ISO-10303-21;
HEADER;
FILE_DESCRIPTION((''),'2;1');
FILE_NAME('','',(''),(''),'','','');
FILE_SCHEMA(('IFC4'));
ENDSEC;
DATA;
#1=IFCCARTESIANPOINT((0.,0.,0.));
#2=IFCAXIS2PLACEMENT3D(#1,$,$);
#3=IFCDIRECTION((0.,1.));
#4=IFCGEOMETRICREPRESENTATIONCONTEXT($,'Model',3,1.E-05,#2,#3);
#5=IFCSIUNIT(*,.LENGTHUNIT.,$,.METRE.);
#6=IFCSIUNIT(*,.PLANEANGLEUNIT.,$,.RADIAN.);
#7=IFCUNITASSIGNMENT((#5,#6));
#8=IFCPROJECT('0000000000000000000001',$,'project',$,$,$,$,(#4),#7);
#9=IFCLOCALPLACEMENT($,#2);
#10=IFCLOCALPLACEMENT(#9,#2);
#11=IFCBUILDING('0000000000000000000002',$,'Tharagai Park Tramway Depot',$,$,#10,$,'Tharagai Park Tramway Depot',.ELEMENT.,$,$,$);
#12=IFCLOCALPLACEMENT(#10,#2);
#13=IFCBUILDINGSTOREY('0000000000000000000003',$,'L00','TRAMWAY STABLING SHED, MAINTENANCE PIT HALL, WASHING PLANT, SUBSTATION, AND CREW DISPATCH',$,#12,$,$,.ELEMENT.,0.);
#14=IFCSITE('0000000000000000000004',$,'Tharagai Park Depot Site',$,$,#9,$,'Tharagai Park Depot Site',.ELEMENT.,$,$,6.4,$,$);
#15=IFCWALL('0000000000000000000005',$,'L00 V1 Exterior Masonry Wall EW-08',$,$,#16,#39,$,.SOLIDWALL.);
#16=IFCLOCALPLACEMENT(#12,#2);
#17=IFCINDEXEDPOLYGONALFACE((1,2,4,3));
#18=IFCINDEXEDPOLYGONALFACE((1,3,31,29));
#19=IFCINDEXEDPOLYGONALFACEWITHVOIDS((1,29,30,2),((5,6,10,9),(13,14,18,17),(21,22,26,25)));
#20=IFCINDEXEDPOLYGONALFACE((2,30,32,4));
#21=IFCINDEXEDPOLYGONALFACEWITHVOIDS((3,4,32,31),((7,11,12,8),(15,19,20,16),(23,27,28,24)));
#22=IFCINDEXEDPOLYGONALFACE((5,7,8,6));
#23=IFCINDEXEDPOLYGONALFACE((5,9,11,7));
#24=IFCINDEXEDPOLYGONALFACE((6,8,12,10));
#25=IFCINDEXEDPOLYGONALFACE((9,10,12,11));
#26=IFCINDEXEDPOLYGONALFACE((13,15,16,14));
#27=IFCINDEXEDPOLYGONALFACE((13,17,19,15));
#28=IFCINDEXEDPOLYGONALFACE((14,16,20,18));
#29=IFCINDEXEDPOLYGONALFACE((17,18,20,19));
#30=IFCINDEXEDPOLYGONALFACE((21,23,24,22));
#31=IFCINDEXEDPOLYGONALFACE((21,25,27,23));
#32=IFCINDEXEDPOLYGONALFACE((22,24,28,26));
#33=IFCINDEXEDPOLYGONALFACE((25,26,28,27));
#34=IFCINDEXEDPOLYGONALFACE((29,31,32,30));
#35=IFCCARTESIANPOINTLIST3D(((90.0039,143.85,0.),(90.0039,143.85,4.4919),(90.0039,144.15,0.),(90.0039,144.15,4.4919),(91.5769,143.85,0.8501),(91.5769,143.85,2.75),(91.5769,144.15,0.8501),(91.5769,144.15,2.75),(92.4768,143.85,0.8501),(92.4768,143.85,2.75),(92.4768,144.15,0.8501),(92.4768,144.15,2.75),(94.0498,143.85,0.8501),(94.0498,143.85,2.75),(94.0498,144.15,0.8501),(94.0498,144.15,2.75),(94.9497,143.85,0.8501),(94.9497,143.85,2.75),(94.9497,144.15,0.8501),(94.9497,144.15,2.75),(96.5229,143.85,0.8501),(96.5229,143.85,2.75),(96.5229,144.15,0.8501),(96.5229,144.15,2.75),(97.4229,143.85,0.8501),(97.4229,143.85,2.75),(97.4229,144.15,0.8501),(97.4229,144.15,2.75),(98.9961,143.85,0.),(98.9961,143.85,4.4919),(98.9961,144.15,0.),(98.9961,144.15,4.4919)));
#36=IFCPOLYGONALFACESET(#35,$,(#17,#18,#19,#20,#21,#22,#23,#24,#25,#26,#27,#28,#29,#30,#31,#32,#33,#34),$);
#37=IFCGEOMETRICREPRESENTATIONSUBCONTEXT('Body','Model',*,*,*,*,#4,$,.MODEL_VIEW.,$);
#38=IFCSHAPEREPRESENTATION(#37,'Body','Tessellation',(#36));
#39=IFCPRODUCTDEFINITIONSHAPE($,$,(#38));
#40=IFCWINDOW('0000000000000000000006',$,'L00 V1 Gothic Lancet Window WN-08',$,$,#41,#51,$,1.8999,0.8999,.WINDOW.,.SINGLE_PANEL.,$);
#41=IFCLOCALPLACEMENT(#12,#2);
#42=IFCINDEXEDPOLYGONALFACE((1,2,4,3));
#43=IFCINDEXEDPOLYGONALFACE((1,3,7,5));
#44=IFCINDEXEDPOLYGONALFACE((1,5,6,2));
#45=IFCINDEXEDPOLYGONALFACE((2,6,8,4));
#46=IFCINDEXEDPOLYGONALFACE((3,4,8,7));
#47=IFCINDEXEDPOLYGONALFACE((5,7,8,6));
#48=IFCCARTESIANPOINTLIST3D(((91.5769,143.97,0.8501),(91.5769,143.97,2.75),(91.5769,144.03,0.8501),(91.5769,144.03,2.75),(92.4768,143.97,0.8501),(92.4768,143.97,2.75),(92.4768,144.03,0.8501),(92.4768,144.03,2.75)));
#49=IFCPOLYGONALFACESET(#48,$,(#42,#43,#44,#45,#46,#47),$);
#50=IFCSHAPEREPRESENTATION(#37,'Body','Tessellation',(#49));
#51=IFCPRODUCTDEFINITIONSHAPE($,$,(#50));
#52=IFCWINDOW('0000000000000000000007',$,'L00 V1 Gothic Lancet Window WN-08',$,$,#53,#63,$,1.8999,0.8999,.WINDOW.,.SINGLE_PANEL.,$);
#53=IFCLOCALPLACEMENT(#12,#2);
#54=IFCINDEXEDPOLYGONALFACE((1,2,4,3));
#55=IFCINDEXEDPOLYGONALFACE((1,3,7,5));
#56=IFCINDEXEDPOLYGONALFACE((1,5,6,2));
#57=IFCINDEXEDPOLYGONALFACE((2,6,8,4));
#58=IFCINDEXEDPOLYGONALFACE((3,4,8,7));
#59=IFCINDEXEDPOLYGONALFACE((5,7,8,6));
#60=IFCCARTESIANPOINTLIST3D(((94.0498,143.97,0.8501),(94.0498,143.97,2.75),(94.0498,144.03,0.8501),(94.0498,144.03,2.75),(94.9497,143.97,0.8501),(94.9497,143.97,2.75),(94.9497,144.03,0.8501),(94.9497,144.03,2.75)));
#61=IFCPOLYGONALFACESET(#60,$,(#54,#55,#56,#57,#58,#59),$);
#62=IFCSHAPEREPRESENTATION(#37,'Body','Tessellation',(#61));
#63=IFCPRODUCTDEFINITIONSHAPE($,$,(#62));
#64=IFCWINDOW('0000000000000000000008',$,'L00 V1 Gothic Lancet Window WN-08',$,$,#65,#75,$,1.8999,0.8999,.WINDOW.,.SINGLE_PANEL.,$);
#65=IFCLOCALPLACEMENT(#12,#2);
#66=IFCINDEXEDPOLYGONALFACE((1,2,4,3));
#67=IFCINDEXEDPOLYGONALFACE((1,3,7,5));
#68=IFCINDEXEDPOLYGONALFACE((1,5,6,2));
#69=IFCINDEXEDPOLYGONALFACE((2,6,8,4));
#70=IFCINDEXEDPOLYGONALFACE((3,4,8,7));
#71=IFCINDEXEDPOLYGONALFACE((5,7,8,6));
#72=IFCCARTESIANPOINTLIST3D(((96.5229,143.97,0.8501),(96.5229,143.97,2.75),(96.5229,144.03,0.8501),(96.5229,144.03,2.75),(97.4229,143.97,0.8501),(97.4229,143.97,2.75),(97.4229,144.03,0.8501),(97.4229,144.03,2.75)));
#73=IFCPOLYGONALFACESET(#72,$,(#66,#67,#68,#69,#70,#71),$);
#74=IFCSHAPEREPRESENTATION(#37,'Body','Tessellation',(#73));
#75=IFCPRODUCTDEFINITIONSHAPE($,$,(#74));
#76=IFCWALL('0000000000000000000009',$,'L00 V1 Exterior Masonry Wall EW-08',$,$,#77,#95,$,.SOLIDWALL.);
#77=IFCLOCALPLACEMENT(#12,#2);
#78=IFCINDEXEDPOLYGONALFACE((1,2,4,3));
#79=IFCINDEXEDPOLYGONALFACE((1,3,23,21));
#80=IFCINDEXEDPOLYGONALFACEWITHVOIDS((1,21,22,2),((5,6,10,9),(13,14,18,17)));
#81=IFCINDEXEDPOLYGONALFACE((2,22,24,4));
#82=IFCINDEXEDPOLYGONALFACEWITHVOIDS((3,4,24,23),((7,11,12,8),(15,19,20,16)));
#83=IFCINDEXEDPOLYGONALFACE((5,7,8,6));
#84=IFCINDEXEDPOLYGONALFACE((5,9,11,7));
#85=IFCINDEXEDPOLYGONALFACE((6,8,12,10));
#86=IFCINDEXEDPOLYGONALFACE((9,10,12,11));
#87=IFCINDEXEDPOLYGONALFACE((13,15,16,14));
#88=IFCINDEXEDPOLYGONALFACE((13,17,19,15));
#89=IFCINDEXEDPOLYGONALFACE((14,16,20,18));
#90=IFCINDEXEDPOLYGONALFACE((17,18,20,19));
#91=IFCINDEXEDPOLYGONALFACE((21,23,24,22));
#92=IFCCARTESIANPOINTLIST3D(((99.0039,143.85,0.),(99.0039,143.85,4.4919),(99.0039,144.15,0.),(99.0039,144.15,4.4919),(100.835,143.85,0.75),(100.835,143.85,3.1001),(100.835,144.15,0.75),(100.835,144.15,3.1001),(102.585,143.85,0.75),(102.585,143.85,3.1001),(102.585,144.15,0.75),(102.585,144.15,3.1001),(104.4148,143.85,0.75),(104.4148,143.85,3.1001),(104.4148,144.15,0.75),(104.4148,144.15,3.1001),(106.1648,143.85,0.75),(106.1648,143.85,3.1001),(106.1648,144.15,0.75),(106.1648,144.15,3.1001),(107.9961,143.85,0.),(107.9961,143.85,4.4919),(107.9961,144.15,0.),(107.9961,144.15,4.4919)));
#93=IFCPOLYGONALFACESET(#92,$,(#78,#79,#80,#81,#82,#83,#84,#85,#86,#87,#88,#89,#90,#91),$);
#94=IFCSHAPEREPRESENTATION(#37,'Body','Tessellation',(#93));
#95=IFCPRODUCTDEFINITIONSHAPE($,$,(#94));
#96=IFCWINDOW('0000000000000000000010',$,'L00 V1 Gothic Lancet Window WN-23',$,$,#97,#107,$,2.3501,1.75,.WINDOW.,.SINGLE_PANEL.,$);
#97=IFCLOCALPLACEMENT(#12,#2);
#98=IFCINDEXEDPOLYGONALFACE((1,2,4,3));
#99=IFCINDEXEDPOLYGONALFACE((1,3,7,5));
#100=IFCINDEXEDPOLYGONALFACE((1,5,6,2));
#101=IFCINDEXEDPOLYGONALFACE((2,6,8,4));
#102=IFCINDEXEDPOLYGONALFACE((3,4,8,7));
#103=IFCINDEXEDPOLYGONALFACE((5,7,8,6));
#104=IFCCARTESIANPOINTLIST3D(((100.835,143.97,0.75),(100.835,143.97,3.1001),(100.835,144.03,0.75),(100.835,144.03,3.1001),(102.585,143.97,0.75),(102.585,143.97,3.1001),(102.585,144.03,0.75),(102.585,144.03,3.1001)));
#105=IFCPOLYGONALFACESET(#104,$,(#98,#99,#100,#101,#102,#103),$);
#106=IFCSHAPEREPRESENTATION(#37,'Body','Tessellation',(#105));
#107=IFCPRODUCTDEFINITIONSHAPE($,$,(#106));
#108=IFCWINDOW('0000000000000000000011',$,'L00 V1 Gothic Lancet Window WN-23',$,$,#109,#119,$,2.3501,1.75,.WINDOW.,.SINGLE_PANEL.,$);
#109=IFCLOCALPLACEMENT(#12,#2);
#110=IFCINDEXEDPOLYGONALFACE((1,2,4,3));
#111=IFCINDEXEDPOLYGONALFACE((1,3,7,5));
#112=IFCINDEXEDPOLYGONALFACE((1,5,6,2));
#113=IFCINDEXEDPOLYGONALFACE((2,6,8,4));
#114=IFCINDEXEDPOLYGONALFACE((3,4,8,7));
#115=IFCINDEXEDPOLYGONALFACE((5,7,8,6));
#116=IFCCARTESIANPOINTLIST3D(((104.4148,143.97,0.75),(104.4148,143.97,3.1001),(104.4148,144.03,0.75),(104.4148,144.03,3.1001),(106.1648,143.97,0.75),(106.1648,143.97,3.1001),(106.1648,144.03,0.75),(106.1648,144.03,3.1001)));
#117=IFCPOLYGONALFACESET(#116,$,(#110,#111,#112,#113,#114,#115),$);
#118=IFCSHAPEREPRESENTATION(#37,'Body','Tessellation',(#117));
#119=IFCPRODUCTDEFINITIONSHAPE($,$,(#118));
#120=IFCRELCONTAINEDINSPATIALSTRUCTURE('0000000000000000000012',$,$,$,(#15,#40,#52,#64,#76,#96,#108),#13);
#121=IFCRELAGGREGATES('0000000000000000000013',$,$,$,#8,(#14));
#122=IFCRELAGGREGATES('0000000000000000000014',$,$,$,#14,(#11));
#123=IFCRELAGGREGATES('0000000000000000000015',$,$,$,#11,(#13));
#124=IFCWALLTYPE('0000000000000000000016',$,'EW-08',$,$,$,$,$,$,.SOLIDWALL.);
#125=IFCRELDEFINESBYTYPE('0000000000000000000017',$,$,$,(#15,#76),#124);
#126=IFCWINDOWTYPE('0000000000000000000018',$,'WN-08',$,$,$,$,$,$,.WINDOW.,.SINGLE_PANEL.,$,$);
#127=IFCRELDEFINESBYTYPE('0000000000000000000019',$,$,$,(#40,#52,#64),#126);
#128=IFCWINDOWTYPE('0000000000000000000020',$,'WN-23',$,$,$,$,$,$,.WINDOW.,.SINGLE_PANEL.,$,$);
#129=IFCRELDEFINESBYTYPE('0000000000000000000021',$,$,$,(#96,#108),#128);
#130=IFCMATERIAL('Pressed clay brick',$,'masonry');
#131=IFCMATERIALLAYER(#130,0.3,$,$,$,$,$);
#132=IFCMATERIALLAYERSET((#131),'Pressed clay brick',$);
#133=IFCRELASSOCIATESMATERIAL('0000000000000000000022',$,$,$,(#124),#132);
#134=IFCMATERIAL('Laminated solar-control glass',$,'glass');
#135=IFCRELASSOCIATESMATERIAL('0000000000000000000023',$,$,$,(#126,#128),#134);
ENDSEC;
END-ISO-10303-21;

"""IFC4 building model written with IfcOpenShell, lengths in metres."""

from ifc_helpers import new_model, si_unit, direction, frame, frame_2d, origin, place, context, subcontext, project, spatial, rectangle, extrude, material, layer, layer_set, type_object, element, fill, save


model = new_model("IFC4")

# Units and contexts
model_context = context("Model", 3, precision=1e-05, world=origin(), true_north=direction((0.0, 1.0)))
body_context = subcontext(model_context, "Body", "Model", "MODEL_VIEW")
ifc_project = project(units=[si_unit("LENGTHUNIT", "METRE"), si_unit("PLANEANGLEUNIT", "RADIAN")], contexts=[model_context])

# Site, building, storey
site_placement = place(None, origin())
site = spatial("IfcSite", under=ifc_project, at=site_placement, Name="Tharagai Park Depot Site", LongName="Tharagai Park Depot Site", CompositionType="ELEMENT", RefElevation=6.4)
building_placement = place(site_placement, origin())
building = spatial("IfcBuilding", under=site, at=building_placement, Name="Tharagai Park Tramway Depot", LongName="Tharagai Park Tramway Depot", CompositionType="ELEMENT")
storey_placement = place(building_placement, origin())
storey = spatial("IfcBuildingStorey", under=building, at=storey_placement, Name="L00", Description="TRAMWAY STABLING SHED, MAINTENANCE PIT HALL, WASHING PLANT, SUBSTATION, AND CREW DISPATCH", CompositionType="ELEMENT", Elevation=0.0)

# Walls, openings, windows
ifc_material_1 = material(Name="Pressed clay brick", Category="masonry")
ifc_layer = layer(ifc_material_1, 0.3)
ifc_layer_set = layer_set([ifc_layer], Name="Pressed clay brick")
wall_type = type_object("IfcWallType", Name="EW-08", PredefinedType="SOLIDWALL", material=ifc_layer_set)
wall_1_placement = place(storey_placement, frame((90.0039, 144.0, 0.0), z_axis=(0.0, 0.0, 1.0), x_axis=(1.0, 0.0, 0.0)))
wall_1 = element("IfcWall", 1, at=wall_1_placement, inside=storey, type_object=wall_type, Name="L00 V1 Exterior Masonry Wall EW-08", PredefinedType="SOLIDWALL", context=body_context, shape_type="SweptSolid", body=[
    extrude(rectangle(XDim=8.9922, YDim=0.3, at=frame_2d((4.4961, 0.0))), origin(), (0.0, 0.0, 1.0), 4.4919),
])
opening_1_placement = place(wall_1_placement, frame((1.573, 0.0, 0.8501)))
opening_1 = element("IfcOpeningElement", 2, at=opening_1_placement, cuts=wall_1, PredefinedType="OPENING", context=body_context, shape_type="SweptSolid", body=[
    extrude(rectangle(XDim=0.8999, YDim=1.8999, at=frame_2d((0.45, 0.95))), frame((0.0, 0.1599, 0.0), z_axis=(0.0, -1.0, 0.0), x_axis=(1.0, 0.0, 0.0)), (0.0, 0.0, 1.0), 0.3201),
])
opening_2_placement = place(wall_1_placement, frame((4.0459, 0.0, 0.8501)))
opening_2 = element("IfcOpeningElement", 3, at=opening_2_placement, cuts=wall_1, PredefinedType="OPENING", context=body_context, shape_type="SweptSolid", body=[
    extrude(rectangle(XDim=0.8999, YDim=1.8999, at=frame_2d((0.45, 0.95))), frame((0.0, 0.1599, 0.0), z_axis=(0.0, -1.0, 0.0), x_axis=(1.0, 0.0, 0.0)), (0.0, 0.0, 1.0), 0.3201),
])
opening_3_placement = place(wall_1_placement, frame((6.519, 0.0, 0.8501)))
opening_3 = element("IfcOpeningElement", 4, at=opening_3_placement, cuts=wall_1, PredefinedType="OPENING", context=body_context, shape_type="SweptSolid", body=[
    extrude(rectangle(XDim=0.8999, YDim=1.8999, at=frame_2d((0.45, 0.95))), frame((0.0, 0.1599, 0.0), z_axis=(0.0, -1.0, 0.0), x_axis=(1.0, 0.0, 0.0)), (0.0, 0.0, 1.0), 0.3201),
])
ifc_material_2 = material(Name="Laminated solar-control glass", Category="glass")
window_type_1 = type_object("IfcWindowType", Name="WN-08", PartitioningType="SINGLE_PANEL", PredefinedType="WINDOW", material=ifc_material_2)
window_1_placement = place(opening_1_placement, origin())
window_1 = element("IfcWindow", 5, at=window_1_placement, inside=storey, type_object=window_type_1, Name="L00 V1 Gothic Lancet Window WN-08", OverallHeight=1.8999, OverallWidth=0.8999, PartitioningType="SINGLE_PANEL", PredefinedType="WINDOW", context=body_context, shape_type="SweptSolid", body=[
    extrude(rectangle(XDim=0.8999, YDim=1.8999, at=frame_2d((0.45, 0.95))), frame((0.0, 0.03, 0.0), z_axis=(0.0, -1.0, 0.0), x_axis=(1.0, 0.0, 0.0)), (0.0, 0.0, 1.0), 0.0601),
])
fill(opening_1, window_1)
window_2_placement = place(opening_2_placement, origin())
window_2 = element("IfcWindow", 6, at=window_2_placement, inside=storey, type_object=window_type_1, Name="L00 V1 Gothic Lancet Window WN-08", OverallHeight=1.8999, OverallWidth=0.8999, PartitioningType="SINGLE_PANEL", PredefinedType="WINDOW", context=body_context, shape_type="SweptSolid", body=[
    extrude(rectangle(XDim=0.8999, YDim=1.8999, at=frame_2d((0.45, 0.95))), frame((0.0, 0.03, 0.0), z_axis=(0.0, -1.0, 0.0), x_axis=(1.0, 0.0, 0.0)), (0.0, 0.0, 1.0), 0.0601),
])
fill(opening_2, window_2)
window_3_placement = place(opening_3_placement, origin())
window_3 = element("IfcWindow", 7, at=window_3_placement, inside=storey, type_object=window_type_1, Name="L00 V1 Gothic Lancet Window WN-08", OverallHeight=1.8999, OverallWidth=0.8999, PartitioningType="SINGLE_PANEL", PredefinedType="WINDOW", context=body_context, shape_type="SweptSolid", body=[
    extrude(rectangle(XDim=0.8999, YDim=1.8999, at=frame_2d((0.45, 0.95))), frame((0.0, 0.03, 0.0), z_axis=(0.0, -1.0, 0.0), x_axis=(1.0, 0.0, 0.0)), (0.0, 0.0, 1.0), 0.0601),
])
fill(opening_3, window_3)
wall_2_placement = place(storey_placement, frame((99.0039, 144.0, 0.0), z_axis=(0.0, 0.0, 1.0), x_axis=(1.0, 0.0, 0.0)))
wall_2 = element("IfcWall", 8, at=wall_2_placement, inside=storey, type_object=wall_type, Name="L00 V1 Exterior Masonry Wall EW-08", PredefinedType="SOLIDWALL", context=body_context, shape_type="SweptSolid", body=[
    extrude(rectangle(XDim=8.9922, YDim=0.3, at=frame_2d((4.4961, 0.0))), origin(), (0.0, 0.0, 1.0), 4.4919),
])
opening_4_placement = place(wall_2_placement, frame((1.8311, 0.0, 0.75)))
opening_4 = element("IfcOpeningElement", 9, at=opening_4_placement, cuts=wall_2, PredefinedType="OPENING", context=body_context, shape_type="SweptSolid", body=[
    extrude(rectangle(XDim=1.75, YDim=2.3501, at=frame_2d((0.875, 1.175))), frame((0.0, 0.1599, 0.0), z_axis=(0.0, -1.0, 0.0), x_axis=(1.0, 0.0, 0.0)), (0.0, 0.0, 1.0), 0.3201),
])
opening_5_placement = place(wall_2_placement, frame((5.4109, 0.0, 0.75)))
opening_5 = element("IfcOpeningElement", 10, at=opening_5_placement, cuts=wall_2, PredefinedType="OPENING", context=body_context, shape_type="SweptSolid", body=[
    extrude(rectangle(XDim=1.75, YDim=2.3501, at=frame_2d((0.875, 1.175))), frame((0.0, 0.1599, 0.0), z_axis=(0.0, -1.0, 0.0), x_axis=(1.0, 0.0, 0.0)), (0.0, 0.0, 1.0), 0.3201),
])
window_type_2 = type_object("IfcWindowType", Name="WN-23", PartitioningType="SINGLE_PANEL", PredefinedType="WINDOW", material=ifc_material_2)
window_4_placement = place(opening_4_placement, origin())
window_4 = element("IfcWindow", 11, at=window_4_placement, inside=storey, type_object=window_type_2, Name="L00 V1 Gothic Lancet Window WN-23", OverallHeight=2.3501, OverallWidth=1.75, PartitioningType="SINGLE_PANEL", PredefinedType="WINDOW", context=body_context, shape_type="SweptSolid", body=[
    extrude(rectangle(XDim=1.75, YDim=2.3501, at=frame_2d((0.875, 1.175))), frame((0.0, 0.03, 0.0), z_axis=(0.0, -1.0, 0.0), x_axis=(1.0, 0.0, 0.0)), (0.0, 0.0, 1.0), 0.0601),
])
fill(opening_4, window_4)
window_5_placement = place(opening_5_placement, origin())
window_5 = element("IfcWindow", 12, at=window_5_placement, inside=storey, type_object=window_type_2, Name="L00 V1 Gothic Lancet Window WN-23", OverallHeight=2.3501, OverallWidth=1.75, PartitioningType="SINGLE_PANEL", PredefinedType="WINDOW", context=body_context, shape_type="SweptSolid", body=[
    extrude(rectangle(XDim=1.75, YDim=2.3501, at=frame_2d((0.875, 1.175))), frame((0.0, 0.03, 0.0), z_axis=(0.0, -1.0, 0.0), x_axis=(1.0, 0.0, 0.0)), (0.0, 0.0, 1.0), 0.0601),
])
fill(opening_5, window_5)

save(model, "model.ifc")
